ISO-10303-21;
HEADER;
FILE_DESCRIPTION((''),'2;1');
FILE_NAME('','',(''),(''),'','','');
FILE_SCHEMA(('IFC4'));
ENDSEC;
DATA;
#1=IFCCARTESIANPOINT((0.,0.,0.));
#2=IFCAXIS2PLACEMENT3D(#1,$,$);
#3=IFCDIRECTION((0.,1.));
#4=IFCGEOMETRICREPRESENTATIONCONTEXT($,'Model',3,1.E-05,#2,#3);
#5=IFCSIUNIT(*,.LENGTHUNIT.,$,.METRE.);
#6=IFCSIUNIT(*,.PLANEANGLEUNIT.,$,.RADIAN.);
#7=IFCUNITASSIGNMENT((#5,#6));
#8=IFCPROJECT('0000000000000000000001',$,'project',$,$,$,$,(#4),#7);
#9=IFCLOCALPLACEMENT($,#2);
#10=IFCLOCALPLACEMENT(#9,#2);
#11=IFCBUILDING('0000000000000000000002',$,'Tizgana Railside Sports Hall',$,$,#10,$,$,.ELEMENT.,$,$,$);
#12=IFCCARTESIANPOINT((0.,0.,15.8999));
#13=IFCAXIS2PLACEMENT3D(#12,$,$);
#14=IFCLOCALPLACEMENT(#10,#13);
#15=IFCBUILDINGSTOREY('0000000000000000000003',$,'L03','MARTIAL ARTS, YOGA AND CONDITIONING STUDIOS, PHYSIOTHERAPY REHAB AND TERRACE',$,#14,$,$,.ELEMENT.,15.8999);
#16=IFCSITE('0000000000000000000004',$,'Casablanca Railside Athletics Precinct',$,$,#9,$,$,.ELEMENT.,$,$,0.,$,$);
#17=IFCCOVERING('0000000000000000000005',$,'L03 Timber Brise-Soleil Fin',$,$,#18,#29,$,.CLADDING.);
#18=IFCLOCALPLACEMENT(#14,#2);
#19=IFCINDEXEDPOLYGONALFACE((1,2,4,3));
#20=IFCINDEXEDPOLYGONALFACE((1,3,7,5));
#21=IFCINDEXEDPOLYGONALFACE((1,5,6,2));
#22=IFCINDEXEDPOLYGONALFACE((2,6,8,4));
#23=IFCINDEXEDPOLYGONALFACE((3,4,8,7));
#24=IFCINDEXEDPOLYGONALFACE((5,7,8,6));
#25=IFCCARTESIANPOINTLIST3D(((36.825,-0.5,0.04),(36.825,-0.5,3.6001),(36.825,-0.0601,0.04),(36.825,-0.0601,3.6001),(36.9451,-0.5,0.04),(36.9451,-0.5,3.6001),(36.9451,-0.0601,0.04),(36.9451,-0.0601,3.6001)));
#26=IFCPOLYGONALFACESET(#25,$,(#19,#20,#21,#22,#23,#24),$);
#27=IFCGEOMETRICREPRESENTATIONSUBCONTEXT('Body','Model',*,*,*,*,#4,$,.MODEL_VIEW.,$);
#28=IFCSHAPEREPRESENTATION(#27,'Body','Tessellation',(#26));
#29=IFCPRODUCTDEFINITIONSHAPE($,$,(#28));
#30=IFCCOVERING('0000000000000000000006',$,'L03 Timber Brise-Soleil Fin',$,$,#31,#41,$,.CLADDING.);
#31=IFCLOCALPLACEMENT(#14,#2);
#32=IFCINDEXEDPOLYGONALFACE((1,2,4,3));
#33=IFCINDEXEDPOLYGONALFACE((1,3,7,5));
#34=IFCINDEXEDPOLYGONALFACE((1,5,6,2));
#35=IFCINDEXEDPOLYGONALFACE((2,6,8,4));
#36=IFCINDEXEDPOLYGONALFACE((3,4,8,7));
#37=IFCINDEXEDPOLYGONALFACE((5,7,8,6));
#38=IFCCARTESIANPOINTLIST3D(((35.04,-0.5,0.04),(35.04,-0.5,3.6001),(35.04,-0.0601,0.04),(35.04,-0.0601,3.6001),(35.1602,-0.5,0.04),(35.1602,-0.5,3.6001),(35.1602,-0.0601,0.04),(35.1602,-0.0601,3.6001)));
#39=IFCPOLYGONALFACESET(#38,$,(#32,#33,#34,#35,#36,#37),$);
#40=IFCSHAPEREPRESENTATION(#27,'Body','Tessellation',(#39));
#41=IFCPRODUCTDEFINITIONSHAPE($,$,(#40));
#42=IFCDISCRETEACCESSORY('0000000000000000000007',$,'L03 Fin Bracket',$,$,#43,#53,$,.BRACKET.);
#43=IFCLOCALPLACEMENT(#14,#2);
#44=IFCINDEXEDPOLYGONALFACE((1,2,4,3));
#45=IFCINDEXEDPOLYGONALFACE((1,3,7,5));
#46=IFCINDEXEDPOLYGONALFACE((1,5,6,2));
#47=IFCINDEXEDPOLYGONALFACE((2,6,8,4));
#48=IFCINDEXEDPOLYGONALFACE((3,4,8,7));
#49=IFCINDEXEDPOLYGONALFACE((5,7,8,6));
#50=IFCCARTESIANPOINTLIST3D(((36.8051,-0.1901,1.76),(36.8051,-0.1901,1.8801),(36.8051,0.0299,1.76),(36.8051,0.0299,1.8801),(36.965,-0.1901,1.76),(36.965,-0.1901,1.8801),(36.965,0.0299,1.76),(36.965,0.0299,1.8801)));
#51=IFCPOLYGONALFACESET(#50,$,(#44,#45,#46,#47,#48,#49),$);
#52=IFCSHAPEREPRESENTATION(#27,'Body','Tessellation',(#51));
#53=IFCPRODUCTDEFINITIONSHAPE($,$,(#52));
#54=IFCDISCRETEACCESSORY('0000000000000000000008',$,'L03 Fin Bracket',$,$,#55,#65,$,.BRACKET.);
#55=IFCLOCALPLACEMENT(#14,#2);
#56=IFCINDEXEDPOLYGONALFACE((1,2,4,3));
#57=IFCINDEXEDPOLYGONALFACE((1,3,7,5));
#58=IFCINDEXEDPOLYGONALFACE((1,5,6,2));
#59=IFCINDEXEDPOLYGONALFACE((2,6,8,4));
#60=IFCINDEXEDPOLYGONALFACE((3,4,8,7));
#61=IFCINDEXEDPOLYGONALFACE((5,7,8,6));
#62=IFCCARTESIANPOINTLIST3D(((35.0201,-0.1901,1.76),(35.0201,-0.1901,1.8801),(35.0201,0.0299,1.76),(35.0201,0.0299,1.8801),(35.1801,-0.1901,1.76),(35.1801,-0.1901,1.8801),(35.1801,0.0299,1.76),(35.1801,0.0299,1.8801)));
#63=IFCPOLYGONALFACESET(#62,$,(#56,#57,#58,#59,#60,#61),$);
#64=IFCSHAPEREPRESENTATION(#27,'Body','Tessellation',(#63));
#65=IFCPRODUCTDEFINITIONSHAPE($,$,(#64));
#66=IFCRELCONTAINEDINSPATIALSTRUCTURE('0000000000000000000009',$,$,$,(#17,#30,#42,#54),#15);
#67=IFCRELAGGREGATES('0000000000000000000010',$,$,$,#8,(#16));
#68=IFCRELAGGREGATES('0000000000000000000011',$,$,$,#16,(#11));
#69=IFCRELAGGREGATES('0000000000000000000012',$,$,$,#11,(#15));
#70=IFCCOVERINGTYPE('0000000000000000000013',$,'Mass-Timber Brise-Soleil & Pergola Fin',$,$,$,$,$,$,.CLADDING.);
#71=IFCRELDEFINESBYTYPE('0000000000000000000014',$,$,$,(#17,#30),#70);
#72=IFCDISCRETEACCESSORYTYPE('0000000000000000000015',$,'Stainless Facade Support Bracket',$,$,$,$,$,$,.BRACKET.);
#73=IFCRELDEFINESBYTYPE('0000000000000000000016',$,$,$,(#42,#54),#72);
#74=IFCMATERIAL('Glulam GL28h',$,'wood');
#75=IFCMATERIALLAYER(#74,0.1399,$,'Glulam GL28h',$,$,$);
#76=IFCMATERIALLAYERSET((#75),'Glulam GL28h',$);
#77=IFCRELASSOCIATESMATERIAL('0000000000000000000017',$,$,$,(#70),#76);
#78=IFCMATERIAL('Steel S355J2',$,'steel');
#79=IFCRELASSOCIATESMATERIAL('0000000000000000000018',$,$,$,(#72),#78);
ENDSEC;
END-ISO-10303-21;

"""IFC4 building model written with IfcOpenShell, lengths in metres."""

from ifc_helpers import new_model, si_unit, direction, frame, origin, origin_2d, place, context, subcontext, project, spatial, rectangle, extrude, material, layer, layer_set, type_object, element, save


model = new_model("IFC4")

# Units and contexts
model_context = context("Model", 3, precision=1e-05, world=origin(), true_north=direction((0.0, 1.0)))
body_context = subcontext(model_context, "Body", "Model", "MODEL_VIEW")
ifc_project = project(units=[si_unit("LENGTHUNIT", "METRE"), si_unit("PLANEANGLEUNIT", "RADIAN")], contexts=[model_context])

# Site, building, storey
site_placement = place(None, origin())
site = spatial("IfcSite", under=ifc_project, at=site_placement, Name="Casablanca Railside Athletics Precinct", CompositionType="ELEMENT", RefElevation=0.0)
building_placement = place(site_placement, origin())
building = spatial("IfcBuilding", under=site, at=building_placement, Name="Tizgana Railside Sports Hall", CompositionType="ELEMENT")
storey_placement = place(building_placement, frame((0.0, 0.0, 15.8999)))
storey = spatial("IfcBuildingStorey", under=building, at=storey_placement, Name="L03", Description="MARTIAL ARTS, YOGA AND CONDITIONING STUDIOS, PHYSIOTHERAPY REHAB AND TERRACE", CompositionType="ELEMENT", Elevation=15.8999)

# Coverings
ifc_material_1 = material(Name="Glulam GL28h", Category="wood")
ifc_layer_1 = layer(ifc_material_1, 0.1399, Name="Glulam GL28h")
ifc_layer_set_1 = layer_set([ifc_layer_1], Name="Glulam GL28h")
covering_type = type_object("IfcCoveringType", Name="Mass-Timber Brise-Soleil & Pergola Fin", PredefinedType="CLADDING", material=ifc_layer_set_1)
for number, where, z_axis, x_axis, name in (
    (1, (36.885, -0.28, 0.04), (0.0, 0.0, 1.0), (-1.0, 0.0, 0.0), "L03 Timber Brise-Soleil Fin"),
    (2, (35.1001, -0.28, 0.04), (0.0, 0.0, 1.0), (-1.0, 0.0, 0.0), "L03 Timber Brise-Soleil Fin"),
):
    element("IfcCovering", number, at=place(storey_placement, frame(where, z_axis=z_axis, x_axis=x_axis)), inside=storey, type_object=covering_type, Name=name, PredefinedType="CLADDING", context=body_context, shape_type="SweptSolid", body=[
        extrude(rectangle(XDim=0.1201, YDim=0.4399, at=origin_2d()), origin(), (0.0, 0.0, 1.0), 3.5601),
    ])

# Discrete accessories
ifc_material_2 = material(Name="Steel S355J2", Category="steel")
discrete_accessory_type = type_object("IfcDiscreteAccessoryType", Name="Stainless Facade Support Bracket", PredefinedType="BRACKET", material=ifc_material_2)
for number, where, z_axis, x_axis, name in (
    (3, (36.885, -0.0801, 1.76), (0.0, 0.0, 1.0), (-1.0, 0.0, 0.0), "L03 Fin Bracket"),
    (4, (35.1001, -0.0801, 1.76), (0.0, 0.0, 1.0), (-1.0, 0.0, 0.0), "L03 Fin Bracket"),
):
    element("IfcDiscreteAccessory", number, at=place(storey_placement, frame(where, z_axis=z_axis, x_axis=x_axis)), inside=storey, type_object=discrete_accessory_type, Name=name, PredefinedType="BRACKET", context=body_context, shape_type="SweptSolid", body=[
        extrude(rectangle(XDim=0.1599, YDim=0.22, at=origin_2d()), origin(), (0.0, 0.0, 1.0), 0.1201),
    ])

save(model, "model.ifc")
